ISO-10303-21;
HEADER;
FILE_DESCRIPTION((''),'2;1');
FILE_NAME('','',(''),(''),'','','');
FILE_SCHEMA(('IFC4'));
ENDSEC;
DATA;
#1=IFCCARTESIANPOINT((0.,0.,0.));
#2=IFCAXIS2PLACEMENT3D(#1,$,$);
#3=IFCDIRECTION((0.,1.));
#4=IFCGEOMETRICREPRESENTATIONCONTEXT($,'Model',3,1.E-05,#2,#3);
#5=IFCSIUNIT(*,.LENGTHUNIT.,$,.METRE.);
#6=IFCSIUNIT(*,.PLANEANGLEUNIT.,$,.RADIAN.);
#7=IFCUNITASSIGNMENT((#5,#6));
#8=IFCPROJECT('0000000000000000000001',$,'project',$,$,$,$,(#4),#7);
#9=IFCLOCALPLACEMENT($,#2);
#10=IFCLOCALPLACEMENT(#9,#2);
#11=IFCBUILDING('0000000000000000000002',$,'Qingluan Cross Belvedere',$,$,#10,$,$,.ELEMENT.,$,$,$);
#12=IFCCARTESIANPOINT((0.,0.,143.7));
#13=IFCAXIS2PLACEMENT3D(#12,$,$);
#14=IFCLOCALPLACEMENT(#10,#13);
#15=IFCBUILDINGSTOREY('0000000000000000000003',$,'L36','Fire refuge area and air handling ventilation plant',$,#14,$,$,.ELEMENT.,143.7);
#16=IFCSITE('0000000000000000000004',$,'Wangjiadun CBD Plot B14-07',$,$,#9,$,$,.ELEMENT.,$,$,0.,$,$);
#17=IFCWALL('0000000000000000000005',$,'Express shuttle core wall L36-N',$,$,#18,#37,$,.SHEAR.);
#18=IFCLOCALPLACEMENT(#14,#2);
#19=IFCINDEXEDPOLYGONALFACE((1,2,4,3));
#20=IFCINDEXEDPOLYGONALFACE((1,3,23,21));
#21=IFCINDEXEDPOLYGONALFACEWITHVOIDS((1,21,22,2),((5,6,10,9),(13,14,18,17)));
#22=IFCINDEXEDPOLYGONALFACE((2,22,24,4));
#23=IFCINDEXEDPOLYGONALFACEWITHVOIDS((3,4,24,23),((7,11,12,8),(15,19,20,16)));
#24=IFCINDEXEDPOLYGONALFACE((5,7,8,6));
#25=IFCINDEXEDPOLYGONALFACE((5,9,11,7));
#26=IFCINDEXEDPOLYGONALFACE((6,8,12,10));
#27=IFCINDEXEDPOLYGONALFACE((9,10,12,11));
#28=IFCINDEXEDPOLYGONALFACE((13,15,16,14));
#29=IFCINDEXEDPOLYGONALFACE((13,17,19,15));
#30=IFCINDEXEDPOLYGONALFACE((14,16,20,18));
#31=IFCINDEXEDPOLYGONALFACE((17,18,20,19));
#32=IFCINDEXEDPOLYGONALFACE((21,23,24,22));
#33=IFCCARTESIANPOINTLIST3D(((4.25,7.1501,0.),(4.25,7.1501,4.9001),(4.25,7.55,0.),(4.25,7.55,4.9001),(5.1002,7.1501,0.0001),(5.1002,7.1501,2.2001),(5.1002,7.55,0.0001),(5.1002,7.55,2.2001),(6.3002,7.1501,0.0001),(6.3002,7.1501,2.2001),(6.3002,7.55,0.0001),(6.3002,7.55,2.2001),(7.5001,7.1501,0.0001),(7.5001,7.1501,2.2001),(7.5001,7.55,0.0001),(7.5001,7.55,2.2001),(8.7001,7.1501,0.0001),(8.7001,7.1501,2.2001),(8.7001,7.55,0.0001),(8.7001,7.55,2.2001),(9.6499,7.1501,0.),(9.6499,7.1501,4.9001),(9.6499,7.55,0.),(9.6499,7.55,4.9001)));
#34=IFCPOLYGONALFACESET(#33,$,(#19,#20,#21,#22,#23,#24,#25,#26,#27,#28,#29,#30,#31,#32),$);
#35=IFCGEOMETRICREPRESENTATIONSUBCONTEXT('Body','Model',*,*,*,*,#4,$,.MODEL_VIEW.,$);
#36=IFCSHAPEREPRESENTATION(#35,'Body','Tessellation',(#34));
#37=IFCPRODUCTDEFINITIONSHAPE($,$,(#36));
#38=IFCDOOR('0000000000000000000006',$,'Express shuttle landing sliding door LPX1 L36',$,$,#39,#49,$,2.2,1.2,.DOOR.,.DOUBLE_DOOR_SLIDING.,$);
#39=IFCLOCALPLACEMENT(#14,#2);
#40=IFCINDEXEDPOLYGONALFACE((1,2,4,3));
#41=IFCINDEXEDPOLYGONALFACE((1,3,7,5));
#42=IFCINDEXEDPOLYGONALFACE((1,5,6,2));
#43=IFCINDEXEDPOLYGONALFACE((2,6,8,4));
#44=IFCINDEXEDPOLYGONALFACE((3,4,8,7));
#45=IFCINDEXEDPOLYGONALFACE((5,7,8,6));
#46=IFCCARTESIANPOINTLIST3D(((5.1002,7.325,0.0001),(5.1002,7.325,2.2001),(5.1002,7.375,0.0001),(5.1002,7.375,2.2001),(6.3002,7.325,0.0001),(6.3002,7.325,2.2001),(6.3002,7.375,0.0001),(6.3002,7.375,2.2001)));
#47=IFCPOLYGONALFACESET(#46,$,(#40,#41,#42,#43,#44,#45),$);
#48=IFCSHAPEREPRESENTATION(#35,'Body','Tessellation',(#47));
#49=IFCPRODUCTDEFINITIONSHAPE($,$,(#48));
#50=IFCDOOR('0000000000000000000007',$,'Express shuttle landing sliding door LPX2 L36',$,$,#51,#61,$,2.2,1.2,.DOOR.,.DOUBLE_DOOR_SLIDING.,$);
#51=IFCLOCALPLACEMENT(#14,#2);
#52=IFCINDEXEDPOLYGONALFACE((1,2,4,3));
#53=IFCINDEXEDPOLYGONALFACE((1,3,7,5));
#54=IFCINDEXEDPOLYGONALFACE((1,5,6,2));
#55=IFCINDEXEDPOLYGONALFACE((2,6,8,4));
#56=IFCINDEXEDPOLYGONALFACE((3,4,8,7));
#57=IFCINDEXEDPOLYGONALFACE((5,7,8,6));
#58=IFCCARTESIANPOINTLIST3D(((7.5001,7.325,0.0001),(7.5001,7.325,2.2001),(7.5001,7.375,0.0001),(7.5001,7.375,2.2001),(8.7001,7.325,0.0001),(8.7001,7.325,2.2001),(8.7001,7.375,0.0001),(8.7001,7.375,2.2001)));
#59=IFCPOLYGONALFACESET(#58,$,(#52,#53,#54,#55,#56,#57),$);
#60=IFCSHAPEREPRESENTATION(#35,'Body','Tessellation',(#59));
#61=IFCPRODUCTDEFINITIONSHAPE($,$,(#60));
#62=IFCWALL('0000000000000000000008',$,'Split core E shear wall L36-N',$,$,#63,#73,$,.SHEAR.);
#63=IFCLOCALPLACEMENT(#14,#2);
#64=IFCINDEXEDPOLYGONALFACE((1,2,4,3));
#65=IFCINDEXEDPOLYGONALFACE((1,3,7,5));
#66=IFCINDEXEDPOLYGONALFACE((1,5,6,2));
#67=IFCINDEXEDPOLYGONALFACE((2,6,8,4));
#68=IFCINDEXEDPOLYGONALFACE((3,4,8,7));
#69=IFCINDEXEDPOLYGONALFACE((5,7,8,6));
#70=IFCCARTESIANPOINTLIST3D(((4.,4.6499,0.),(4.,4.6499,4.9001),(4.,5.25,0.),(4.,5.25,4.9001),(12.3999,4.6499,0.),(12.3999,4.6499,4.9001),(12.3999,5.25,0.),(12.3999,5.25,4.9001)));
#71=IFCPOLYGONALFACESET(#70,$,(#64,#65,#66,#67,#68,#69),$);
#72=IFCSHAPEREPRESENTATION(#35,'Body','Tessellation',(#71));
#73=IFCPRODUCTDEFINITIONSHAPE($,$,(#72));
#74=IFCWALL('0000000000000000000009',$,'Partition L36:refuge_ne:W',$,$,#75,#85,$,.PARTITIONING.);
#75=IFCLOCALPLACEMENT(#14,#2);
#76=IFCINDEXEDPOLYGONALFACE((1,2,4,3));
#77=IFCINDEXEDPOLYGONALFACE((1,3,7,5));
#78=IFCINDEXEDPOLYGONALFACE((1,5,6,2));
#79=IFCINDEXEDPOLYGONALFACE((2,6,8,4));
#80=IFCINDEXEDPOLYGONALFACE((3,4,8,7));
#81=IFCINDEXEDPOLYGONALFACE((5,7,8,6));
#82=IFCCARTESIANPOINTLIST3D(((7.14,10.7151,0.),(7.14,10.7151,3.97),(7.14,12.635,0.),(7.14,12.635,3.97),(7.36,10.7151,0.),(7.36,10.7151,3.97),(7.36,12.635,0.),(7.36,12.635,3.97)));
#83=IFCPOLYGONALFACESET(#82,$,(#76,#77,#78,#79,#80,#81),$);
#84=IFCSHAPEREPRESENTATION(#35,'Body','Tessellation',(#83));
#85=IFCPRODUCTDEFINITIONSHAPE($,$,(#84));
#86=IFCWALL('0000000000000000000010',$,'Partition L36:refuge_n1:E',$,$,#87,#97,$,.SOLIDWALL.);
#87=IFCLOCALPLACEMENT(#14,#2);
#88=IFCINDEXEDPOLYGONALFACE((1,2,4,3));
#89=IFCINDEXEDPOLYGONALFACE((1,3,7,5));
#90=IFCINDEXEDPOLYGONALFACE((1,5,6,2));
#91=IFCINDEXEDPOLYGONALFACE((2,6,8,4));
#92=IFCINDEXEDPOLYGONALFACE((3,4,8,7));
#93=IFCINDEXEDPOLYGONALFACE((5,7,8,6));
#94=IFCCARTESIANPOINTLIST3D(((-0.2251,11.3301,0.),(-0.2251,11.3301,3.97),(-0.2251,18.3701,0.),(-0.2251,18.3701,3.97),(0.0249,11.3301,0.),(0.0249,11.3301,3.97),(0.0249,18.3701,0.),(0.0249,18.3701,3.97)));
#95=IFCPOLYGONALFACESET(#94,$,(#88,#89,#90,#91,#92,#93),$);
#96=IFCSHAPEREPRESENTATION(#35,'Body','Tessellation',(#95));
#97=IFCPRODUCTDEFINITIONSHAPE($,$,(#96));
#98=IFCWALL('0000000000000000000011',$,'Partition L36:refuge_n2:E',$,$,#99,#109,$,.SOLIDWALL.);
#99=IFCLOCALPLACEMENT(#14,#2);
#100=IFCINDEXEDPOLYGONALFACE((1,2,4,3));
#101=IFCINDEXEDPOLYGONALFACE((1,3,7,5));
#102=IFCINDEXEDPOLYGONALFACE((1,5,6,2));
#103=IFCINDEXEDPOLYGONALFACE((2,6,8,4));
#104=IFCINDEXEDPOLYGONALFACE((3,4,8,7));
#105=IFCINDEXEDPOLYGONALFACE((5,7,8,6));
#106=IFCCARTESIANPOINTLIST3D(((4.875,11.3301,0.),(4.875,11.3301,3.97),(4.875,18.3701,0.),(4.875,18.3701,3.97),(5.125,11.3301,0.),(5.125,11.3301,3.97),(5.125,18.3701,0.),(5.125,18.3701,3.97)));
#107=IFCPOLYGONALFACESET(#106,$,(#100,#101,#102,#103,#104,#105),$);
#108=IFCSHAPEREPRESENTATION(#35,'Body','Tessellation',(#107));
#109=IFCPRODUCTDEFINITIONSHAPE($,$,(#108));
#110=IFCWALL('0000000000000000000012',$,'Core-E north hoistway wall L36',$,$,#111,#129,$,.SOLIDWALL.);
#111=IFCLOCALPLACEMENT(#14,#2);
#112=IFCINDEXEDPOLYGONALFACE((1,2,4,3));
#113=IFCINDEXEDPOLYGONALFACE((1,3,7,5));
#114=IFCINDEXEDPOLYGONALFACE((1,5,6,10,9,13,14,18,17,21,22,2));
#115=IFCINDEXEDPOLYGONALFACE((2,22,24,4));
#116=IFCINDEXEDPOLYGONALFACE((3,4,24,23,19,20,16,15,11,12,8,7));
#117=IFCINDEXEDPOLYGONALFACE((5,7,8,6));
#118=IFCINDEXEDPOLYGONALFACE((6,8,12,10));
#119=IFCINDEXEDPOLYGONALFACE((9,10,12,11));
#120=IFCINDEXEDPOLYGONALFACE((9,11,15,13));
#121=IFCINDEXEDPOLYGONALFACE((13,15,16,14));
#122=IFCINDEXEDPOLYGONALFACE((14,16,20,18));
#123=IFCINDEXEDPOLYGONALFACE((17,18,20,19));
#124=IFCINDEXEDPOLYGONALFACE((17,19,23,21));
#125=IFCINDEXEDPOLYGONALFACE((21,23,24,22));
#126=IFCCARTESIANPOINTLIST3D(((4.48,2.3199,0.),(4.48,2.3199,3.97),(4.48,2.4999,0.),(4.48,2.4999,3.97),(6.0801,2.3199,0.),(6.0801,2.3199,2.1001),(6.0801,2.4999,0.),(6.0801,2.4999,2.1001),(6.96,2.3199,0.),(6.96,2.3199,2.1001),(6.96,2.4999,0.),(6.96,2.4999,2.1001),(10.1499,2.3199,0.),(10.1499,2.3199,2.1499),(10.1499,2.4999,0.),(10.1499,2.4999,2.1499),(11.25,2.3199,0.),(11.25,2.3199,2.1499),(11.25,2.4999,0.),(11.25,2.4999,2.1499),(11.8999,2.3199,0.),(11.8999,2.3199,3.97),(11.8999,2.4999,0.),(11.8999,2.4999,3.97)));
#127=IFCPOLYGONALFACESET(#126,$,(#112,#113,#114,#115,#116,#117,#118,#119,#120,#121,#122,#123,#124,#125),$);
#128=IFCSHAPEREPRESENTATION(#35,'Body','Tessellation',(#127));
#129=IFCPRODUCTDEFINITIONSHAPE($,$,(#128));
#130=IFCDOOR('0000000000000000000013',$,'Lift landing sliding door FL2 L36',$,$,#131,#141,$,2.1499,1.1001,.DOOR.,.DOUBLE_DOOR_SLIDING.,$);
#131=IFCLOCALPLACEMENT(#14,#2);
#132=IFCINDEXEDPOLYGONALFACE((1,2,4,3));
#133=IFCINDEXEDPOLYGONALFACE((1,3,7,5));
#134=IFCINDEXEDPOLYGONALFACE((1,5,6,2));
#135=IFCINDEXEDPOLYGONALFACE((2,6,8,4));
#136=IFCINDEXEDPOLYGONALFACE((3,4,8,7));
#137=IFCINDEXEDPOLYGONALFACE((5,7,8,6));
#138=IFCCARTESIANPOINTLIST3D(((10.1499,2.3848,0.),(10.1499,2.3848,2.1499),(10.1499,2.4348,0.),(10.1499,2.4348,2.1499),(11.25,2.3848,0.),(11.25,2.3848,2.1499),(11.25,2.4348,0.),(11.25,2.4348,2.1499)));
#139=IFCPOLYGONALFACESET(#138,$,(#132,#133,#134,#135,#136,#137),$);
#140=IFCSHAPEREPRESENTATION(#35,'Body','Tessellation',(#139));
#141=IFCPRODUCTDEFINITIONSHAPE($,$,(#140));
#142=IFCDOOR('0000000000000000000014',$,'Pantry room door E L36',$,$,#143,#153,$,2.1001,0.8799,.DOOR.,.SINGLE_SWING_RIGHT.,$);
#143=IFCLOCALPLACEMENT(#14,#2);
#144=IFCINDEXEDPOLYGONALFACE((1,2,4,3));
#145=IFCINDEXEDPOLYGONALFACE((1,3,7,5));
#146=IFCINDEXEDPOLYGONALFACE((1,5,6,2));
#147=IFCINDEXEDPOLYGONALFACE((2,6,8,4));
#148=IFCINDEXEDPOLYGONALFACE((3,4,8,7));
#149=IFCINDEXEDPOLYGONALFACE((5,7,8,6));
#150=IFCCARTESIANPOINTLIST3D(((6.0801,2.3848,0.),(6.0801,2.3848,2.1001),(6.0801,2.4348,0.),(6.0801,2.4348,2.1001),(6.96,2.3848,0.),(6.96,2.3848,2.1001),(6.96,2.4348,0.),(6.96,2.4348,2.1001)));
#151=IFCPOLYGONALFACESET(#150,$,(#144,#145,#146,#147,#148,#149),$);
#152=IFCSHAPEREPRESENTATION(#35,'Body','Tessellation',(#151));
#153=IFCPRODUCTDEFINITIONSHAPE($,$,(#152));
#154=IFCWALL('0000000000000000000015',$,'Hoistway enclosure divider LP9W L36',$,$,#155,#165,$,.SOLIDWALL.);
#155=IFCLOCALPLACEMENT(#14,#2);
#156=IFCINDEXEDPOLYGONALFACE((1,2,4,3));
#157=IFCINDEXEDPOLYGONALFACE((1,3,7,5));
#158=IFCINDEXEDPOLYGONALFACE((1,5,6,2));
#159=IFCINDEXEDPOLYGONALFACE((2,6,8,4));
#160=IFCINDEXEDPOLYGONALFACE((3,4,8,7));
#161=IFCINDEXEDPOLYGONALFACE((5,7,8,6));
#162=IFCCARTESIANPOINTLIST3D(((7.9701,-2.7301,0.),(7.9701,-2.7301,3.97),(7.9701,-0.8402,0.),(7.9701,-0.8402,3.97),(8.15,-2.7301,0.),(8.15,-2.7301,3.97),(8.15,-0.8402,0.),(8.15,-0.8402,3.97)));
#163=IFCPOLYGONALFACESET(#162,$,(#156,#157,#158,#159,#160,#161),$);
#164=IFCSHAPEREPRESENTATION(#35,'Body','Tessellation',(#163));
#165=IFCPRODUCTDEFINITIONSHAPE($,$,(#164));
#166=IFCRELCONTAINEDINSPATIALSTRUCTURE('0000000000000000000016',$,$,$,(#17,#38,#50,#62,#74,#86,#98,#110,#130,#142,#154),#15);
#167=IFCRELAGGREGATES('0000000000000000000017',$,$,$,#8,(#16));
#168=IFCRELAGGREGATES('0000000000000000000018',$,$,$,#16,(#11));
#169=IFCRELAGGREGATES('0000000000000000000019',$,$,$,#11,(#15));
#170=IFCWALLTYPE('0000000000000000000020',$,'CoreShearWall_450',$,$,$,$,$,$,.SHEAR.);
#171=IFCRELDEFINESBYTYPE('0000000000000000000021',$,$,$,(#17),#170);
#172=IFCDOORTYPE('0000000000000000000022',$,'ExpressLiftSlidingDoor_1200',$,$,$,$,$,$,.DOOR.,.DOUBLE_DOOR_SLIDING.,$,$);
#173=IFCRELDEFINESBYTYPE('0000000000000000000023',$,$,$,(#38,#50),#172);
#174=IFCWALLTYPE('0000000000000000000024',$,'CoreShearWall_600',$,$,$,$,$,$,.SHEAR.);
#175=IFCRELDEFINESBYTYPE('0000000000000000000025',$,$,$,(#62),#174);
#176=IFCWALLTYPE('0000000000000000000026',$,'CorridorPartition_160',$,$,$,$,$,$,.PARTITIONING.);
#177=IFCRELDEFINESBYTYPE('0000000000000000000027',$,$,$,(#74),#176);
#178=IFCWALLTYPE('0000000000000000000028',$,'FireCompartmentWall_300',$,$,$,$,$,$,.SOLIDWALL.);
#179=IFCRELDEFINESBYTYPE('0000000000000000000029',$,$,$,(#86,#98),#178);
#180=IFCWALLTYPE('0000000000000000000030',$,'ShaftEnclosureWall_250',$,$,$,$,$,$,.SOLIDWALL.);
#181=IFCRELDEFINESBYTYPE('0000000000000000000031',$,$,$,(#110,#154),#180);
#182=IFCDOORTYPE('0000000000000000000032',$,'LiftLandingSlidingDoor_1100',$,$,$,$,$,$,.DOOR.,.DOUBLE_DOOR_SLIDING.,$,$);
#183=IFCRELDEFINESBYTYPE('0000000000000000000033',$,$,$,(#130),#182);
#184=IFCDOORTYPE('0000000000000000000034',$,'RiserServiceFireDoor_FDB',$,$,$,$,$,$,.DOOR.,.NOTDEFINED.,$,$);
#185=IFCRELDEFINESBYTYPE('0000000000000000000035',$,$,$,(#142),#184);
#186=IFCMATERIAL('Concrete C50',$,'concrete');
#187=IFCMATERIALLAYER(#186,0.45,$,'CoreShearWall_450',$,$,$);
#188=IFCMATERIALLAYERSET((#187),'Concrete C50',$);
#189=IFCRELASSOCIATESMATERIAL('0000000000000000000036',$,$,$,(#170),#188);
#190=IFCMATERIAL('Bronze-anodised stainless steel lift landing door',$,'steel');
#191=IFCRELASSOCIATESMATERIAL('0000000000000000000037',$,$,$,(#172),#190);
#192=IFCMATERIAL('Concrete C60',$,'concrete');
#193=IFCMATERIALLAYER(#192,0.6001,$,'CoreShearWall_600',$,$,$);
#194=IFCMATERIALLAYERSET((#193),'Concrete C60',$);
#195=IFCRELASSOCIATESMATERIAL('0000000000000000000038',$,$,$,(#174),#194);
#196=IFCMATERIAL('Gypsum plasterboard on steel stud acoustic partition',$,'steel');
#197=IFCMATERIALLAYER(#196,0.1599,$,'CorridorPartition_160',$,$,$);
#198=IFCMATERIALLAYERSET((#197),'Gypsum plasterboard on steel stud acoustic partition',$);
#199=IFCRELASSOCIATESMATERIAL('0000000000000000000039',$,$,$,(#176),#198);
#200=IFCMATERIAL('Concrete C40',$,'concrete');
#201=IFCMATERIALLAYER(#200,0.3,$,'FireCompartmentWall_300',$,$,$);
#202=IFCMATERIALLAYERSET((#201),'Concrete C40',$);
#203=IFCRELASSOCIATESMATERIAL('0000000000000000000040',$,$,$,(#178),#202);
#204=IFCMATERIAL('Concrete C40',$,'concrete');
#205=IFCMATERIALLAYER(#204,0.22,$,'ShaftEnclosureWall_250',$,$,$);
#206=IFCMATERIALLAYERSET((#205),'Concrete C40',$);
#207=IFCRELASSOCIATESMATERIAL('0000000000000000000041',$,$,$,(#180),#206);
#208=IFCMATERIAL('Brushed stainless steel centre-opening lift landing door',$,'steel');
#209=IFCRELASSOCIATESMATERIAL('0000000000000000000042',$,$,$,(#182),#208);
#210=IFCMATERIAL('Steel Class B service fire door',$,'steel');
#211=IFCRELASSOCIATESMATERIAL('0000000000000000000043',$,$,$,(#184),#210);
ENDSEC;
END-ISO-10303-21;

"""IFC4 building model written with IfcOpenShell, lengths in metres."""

from ifc_helpers import new_model, si_unit, direction, frame, frame_2d, origin, place, context, subcontext, project, spatial, rectangle, extrude, material, layer, layer_set, type_object, element, fill, save


model = new_model("IFC4")

# Units and contexts
model_context = context("Model", 3, precision=1e-05, world=origin(), true_north=direction((0.0, 1.0)))
body_context = subcontext(model_context, "Body", "Model", "MODEL_VIEW")
ifc_project = project(units=[si_unit("LENGTHUNIT", "METRE"), si_unit("PLANEANGLEUNIT", "RADIAN")], contexts=[model_context])

# Site, building, storey
site_placement = place(None, origin())
site = spatial("IfcSite", under=ifc_project, at=site_placement, Name="Wangjiadun CBD Plot B14-07", CompositionType="ELEMENT", RefElevation=0.0)
building_placement = place(site_placement, origin())
building = spatial("IfcBuilding", under=site, at=building_placement, Name="Qingluan Cross Belvedere", CompositionType="ELEMENT")
storey_placement = place(building_placement, frame((0.0, 0.0, 143.7)))
storey = spatial("IfcBuildingStorey", under=building, at=storey_placement, Name="L36", Description="Fire refuge area and air handling ventilation plant", CompositionType="ELEMENT", Elevation=143.7)

# Shared definitions
ifc_material_1 = material(Name="Concrete C50", Category="concrete")
ifc_layer_1 = layer(ifc_material_1, 0.45, Name="CoreShearWall_450")
ifc_layer_set_1 = layer_set([ifc_layer_1], Name="Concrete C50")
wall_type_1 = type_object("IfcWallType", Name="CoreShearWall_450", PredefinedType="SHEAR", material=ifc_layer_set_1)

# Wall, openings, doors
wall_1_placement = place(storey_placement, frame((4.25, 7.3501, 0.0), z_axis=(0.0, 0.0, 1.0), x_axis=(1.0, 0.0, 0.0)))
wall_1 = element("IfcWall", 1, at=wall_1_placement, inside=storey, type_object=wall_type_1, Name="Express shuttle core wall L36-N", PredefinedType="SHEAR", context=body_context, shape_type="SweptSolid", body=[
    extrude(rectangle(XDim=5.3999, YDim=0.3999, at=frame_2d((2.7, 0.0))), origin(), (0.0, 0.0, 1.0), 4.9001),
])
opening_1_placement = place(wall_1_placement, frame((0.8501, 0.0, 0.0)))
opening_1 = element("IfcOpeningElement", 2, at=opening_1_placement, cuts=wall_1, PredefinedType="OPENING", context=body_context, shape_type="SweptSolid", body=[
    extrude(rectangle(XDim=1.2, YDim=2.2, at=frame_2d((0.6001, 1.1001))), frame((0.0, 0.21, 0.0), z_axis=(0.0, -1.0, 0.0), x_axis=(1.0, 0.0, 0.0)), (0.0, 0.0, 1.0), 0.4199),
])
opening_2_placement = place(wall_1_placement, frame((3.25, 0.0, 0.0)))
opening_2 = element("IfcOpeningElement", 3, at=opening_2_placement, cuts=wall_1, PredefinedType="OPENING", context=body_context, shape_type="SweptSolid", body=[
    extrude(rectangle(XDim=1.2, YDim=2.2, at=frame_2d((0.6001, 1.1001))), frame((0.0, 0.21, 0.0), z_axis=(0.0, -1.0, 0.0), x_axis=(1.0, 0.0, 0.0)), (0.0, 0.0, 1.0), 0.4199),
])
ifc_material_2 = material(Name="Bronze-anodised stainless steel lift landing door", Category="steel")
door_type_1 = type_object("IfcDoorType", Name="ExpressLiftSlidingDoor_1200", OperationType="DOUBLE_DOOR_SLIDING", PredefinedType="DOOR", material=ifc_material_2)
door_1_placement = place(opening_1_placement, origin())
door_1 = element("IfcDoor", 4, at=door_1_placement, inside=storey, type_object=door_type_1, Name="Express shuttle landing sliding door LPX1 L36", OperationType="DOUBLE_DOOR_SLIDING", OverallHeight=2.2, OverallWidth=1.2, PredefinedType="DOOR", context=body_context, shape_type="SweptSolid", body=[
    extrude(rectangle(XDim=1.2, YDim=2.2, at=frame_2d((0.6001, 1.1001))), frame((0.0, 0.0249, 0.0), z_axis=(0.0, -1.0, 0.0), x_axis=(1.0, 0.0, 0.0)), (0.0, 0.0, 1.0), 0.05),
])
fill(opening_1, door_1)
door_2_placement = place(opening_2_placement, origin())
door_2 = element("IfcDoor", 5, at=door_2_placement, inside=storey, type_object=door_type_1, Name="Express shuttle landing sliding door LPX2 L36", OperationType="DOUBLE_DOOR_SLIDING", OverallHeight=2.2, OverallWidth=1.2, PredefinedType="DOOR", context=body_context, shape_type="SweptSolid", body=[
    extrude(rectangle(XDim=1.2, YDim=2.2, at=frame_2d((0.6001, 1.1001))), frame((0.0, 0.0249, 0.0), z_axis=(0.0, -1.0, 0.0), x_axis=(1.0, 0.0, 0.0)), (0.0, 0.0, 1.0), 0.05),
])
fill(opening_2, door_2)

# Wall
ifc_material_3 = material(Name="Concrete C60", Category="concrete")
ifc_layer_2 = layer(ifc_material_3, 0.6001, Name="CoreShearWall_600")
ifc_layer_set_2 = layer_set([ifc_layer_2], Name="Concrete C60")
wall_type_2 = type_object("IfcWallType", Name="CoreShearWall_600", PredefinedType="SHEAR", material=ifc_layer_set_2)
wall_2_placement = place(storey_placement, frame((4.0, 4.95, 0.0), z_axis=(0.0, 0.0, 1.0), x_axis=(1.0, 0.0, 0.0)))
element("IfcWall", 6, at=wall_2_placement, inside=storey, type_object=wall_type_2, Name="Split core E shear wall L36-N", PredefinedType="SHEAR", context=body_context, shape_type="SweptSolid", body=[
    extrude(rectangle(XDim=8.3999, YDim=0.6001, at=frame_2d((4.2, 0.0))), origin(), (0.0, 0.0, 1.0), 4.9001),
])

# Shared definitions
ifc_material_4 = material(Name="Gypsum plasterboard on steel stud acoustic partition", Category="steel")
ifc_layer_3 = layer(ifc_material_4, 0.1599, Name="CorridorPartition_160")
ifc_layer_set_3 = layer_set([ifc_layer_3], Name="Gypsum plasterboard on steel stud acoustic partition")
wall_type_3 = type_object("IfcWallType", Name="CorridorPartition_160", PredefinedType="PARTITIONING", material=ifc_layer_set_3)

# Walls
wall_3_placement = place(storey_placement, frame((7.25, 10.7151, 0.0), z_axis=(0.0, 0.0, 1.0), x_axis=(0.0, 1.0, 0.0)))
element("IfcWall", 7, at=wall_3_placement, inside=storey, type_object=wall_type_3, Name="Partition L36:refuge_ne:W", PredefinedType="PARTITIONING", context=body_context, shape_type="SweptSolid", body=[
    extrude(rectangle(XDim=1.9199, YDim=0.22, at=frame_2d((0.96, 0.0))), origin(), (0.0, 0.0, 1.0), 3.97),
])
ifc_material_5 = material(Name="Concrete C40", Category="concrete")
ifc_layer_4 = layer(ifc_material_5, 0.3, Name="FireCompartmentWall_300")
ifc_layer_set_4 = layer_set([ifc_layer_4], Name="Concrete C40")
wall_type_4 = type_object("IfcWallType", Name="FireCompartmentWall_300", PredefinedType="SOLIDWALL", material=ifc_layer_set_4)
wall_4_placement = place(storey_placement, frame((-0.1001, 11.3301, 0.0), z_axis=(0.0, 0.0, 1.0), x_axis=(0.0, 1.0, 0.0)))
element("IfcWall", 8, at=wall_4_placement, inside=storey, type_object=wall_type_4, Name="Partition L36:refuge_n1:E", PredefinedType="SOLIDWALL", context=body_context, shape_type="SweptSolid", body=[
    extrude(rectangle(XDim=7.04, YDim=0.25, at=frame_2d((3.52, 0.0))), origin(), (0.0, 0.0, 1.0), 3.97),
])

# Wall
wall_5_placement = place(storey_placement, frame((5.0, 11.3301, 0.0), z_axis=(0.0, 0.0, 1.0), x_axis=(0.0, 1.0, 0.0)))
element("IfcWall", 9, at=wall_5_placement, inside=storey, type_object=wall_type_4, Name="Partition L36:refuge_n2:E", PredefinedType="SOLIDWALL", context=body_context, shape_type="SweptSolid", body=[
    extrude(rectangle(XDim=7.04, YDim=0.25, at=frame_2d((3.52, 0.0))), origin(), (0.0, 0.0, 1.0), 3.97),
])

# Wall, openings, doors
ifc_material_6 = material(Name="Concrete C40", Category="concrete")
ifc_layer_5 = layer(ifc_material_6, 0.22, Name="ShaftEnclosureWall_250")
ifc_layer_set_5 = layer_set([ifc_layer_5], Name="Concrete C40")
wall_type_5 = type_object("IfcWallType", Name="ShaftEnclosureWall_250", PredefinedType="SOLIDWALL", material=ifc_layer_set_5)
wall_6_placement = place(storey_placement, frame((4.48, 2.4099, 0.0), z_axis=(0.0, 0.0, 1.0), x_axis=(1.0, 0.0, 0.0)))
wall_6 = element("IfcWall", 10, at=wall_6_placement, inside=storey, type_object=wall_type_5, Name="Core-E north hoistway wall L36", PredefinedType="SOLIDWALL", context=body_context, shape_type="SweptSolid", body=[
    extrude(rectangle(XDim=7.4199, YDim=0.1799, at=frame_2d((3.71, 0.0))), origin(), (0.0, 0.0, 1.0), 3.97),
])
opening_3_placement = place(wall_6_placement, frame((5.6699, 0.0, 0.0)))
opening_3 = element("IfcOpeningElement", 11, at=opening_3_placement, cuts=wall_6, PredefinedType="OPENING", context=body_context, shape_type="SweptSolid", body=[
    extrude(rectangle(XDim=1.1001, YDim=2.1499, at=frame_2d((0.55, 1.075))), frame((0.0, 0.0999, 0.0), z_axis=(0.0, -1.0, 0.0), x_axis=(1.0, 0.0, 0.0)), (0.0, 0.0, 1.0), 0.2),
])
opening_4_placement = place(wall_6_placement, frame((1.6001, 0.0, 0.0)))
opening_4 = element("IfcOpeningElement", 12, at=opening_4_placement, cuts=wall_6, PredefinedType="OPENING", context=body_context, shape_type="SweptSolid", body=[
    extrude(rectangle(XDim=0.8799, YDim=2.1001, at=frame_2d((0.4399, 1.05))), frame((0.0, 0.0999, 0.0), z_axis=(0.0, -1.0, 0.0), x_axis=(1.0, 0.0, 0.0)), (0.0, 0.0, 1.0), 0.2),
])
ifc_material_7 = material(Name="Brushed stainless steel centre-opening lift landing door", Category="steel")
door_type_2 = type_object("IfcDoorType", Name="LiftLandingSlidingDoor_1100", OperationType="DOUBLE_DOOR_SLIDING", PredefinedType="DOOR", material=ifc_material_7)
door_3_placement = place(opening_3_placement, origin())
door_3 = element("IfcDoor", 13, at=door_3_placement, inside=storey, type_object=door_type_2, Name="Lift landing sliding door FL2 L36", OperationType="DOUBLE_DOOR_SLIDING", OverallHeight=2.1499, OverallWidth=1.1001, PredefinedType="DOOR", context=body_context, shape_type="SweptSolid", body=[
    extrude(rectangle(XDim=1.1001, YDim=2.1499, at=frame_2d((0.55, 1.075))), frame((0.0, 0.0249, 0.0), z_axis=(0.0, -1.0, 0.0), x_axis=(1.0, 0.0, 0.0)), (0.0, 0.0, 1.0), 0.05),
])
fill(opening_3, door_3)
ifc_material_8 = material(Name="Steel Class B service fire door", Category="steel")
door_type_3 = type_object("IfcDoorType", Name="RiserServiceFireDoor_FDB", OperationType="NOTDEFINED", PredefinedType="DOOR", material=ifc_material_8)
door_4_placement = place(opening_4_placement, origin())
door_4 = element("IfcDoor", 14, at=door_4_placement, inside=storey, type_object=door_type_3, Name="Pantry room door E L36", OperationType="SINGLE_SWING_RIGHT", OverallHeight=2.1001, OverallWidth=0.8799, PredefinedType="DOOR", context=body_context, shape_type="SweptSolid", body=[
    extrude(rectangle(XDim=0.8799, YDim=2.1001, at=frame_2d((0.4399, 1.05))), frame((0.0, 0.0249, 0.0), z_axis=(0.0, -1.0, 0.0), x_axis=(1.0, 0.0, 0.0)), (0.0, 0.0, 1.0), 0.05),
])
fill(opening_4, door_4)

# Wall
wall_7_placement = place(storey_placement, frame((8.0601, -2.73, 0.0), z_axis=(0.0, 0.0, 1.0), x_axis=(0.0, 1.0, 0.0)))
element("IfcWall", 15, at=wall_7_placement, inside=storey, type_object=wall_type_5, Name="Hoistway enclosure divider LP9W L36", PredefinedType="SOLIDWALL", context=body_context, shape_type="SweptSolid", body=[
    extrude(rectangle(XDim=1.8899, YDim=0.1799, at=frame_2d((0.9448, 0.0))), origin(), (0.0, 0.0, 1.0), 3.97),
])

save(model, "model.ifc")
